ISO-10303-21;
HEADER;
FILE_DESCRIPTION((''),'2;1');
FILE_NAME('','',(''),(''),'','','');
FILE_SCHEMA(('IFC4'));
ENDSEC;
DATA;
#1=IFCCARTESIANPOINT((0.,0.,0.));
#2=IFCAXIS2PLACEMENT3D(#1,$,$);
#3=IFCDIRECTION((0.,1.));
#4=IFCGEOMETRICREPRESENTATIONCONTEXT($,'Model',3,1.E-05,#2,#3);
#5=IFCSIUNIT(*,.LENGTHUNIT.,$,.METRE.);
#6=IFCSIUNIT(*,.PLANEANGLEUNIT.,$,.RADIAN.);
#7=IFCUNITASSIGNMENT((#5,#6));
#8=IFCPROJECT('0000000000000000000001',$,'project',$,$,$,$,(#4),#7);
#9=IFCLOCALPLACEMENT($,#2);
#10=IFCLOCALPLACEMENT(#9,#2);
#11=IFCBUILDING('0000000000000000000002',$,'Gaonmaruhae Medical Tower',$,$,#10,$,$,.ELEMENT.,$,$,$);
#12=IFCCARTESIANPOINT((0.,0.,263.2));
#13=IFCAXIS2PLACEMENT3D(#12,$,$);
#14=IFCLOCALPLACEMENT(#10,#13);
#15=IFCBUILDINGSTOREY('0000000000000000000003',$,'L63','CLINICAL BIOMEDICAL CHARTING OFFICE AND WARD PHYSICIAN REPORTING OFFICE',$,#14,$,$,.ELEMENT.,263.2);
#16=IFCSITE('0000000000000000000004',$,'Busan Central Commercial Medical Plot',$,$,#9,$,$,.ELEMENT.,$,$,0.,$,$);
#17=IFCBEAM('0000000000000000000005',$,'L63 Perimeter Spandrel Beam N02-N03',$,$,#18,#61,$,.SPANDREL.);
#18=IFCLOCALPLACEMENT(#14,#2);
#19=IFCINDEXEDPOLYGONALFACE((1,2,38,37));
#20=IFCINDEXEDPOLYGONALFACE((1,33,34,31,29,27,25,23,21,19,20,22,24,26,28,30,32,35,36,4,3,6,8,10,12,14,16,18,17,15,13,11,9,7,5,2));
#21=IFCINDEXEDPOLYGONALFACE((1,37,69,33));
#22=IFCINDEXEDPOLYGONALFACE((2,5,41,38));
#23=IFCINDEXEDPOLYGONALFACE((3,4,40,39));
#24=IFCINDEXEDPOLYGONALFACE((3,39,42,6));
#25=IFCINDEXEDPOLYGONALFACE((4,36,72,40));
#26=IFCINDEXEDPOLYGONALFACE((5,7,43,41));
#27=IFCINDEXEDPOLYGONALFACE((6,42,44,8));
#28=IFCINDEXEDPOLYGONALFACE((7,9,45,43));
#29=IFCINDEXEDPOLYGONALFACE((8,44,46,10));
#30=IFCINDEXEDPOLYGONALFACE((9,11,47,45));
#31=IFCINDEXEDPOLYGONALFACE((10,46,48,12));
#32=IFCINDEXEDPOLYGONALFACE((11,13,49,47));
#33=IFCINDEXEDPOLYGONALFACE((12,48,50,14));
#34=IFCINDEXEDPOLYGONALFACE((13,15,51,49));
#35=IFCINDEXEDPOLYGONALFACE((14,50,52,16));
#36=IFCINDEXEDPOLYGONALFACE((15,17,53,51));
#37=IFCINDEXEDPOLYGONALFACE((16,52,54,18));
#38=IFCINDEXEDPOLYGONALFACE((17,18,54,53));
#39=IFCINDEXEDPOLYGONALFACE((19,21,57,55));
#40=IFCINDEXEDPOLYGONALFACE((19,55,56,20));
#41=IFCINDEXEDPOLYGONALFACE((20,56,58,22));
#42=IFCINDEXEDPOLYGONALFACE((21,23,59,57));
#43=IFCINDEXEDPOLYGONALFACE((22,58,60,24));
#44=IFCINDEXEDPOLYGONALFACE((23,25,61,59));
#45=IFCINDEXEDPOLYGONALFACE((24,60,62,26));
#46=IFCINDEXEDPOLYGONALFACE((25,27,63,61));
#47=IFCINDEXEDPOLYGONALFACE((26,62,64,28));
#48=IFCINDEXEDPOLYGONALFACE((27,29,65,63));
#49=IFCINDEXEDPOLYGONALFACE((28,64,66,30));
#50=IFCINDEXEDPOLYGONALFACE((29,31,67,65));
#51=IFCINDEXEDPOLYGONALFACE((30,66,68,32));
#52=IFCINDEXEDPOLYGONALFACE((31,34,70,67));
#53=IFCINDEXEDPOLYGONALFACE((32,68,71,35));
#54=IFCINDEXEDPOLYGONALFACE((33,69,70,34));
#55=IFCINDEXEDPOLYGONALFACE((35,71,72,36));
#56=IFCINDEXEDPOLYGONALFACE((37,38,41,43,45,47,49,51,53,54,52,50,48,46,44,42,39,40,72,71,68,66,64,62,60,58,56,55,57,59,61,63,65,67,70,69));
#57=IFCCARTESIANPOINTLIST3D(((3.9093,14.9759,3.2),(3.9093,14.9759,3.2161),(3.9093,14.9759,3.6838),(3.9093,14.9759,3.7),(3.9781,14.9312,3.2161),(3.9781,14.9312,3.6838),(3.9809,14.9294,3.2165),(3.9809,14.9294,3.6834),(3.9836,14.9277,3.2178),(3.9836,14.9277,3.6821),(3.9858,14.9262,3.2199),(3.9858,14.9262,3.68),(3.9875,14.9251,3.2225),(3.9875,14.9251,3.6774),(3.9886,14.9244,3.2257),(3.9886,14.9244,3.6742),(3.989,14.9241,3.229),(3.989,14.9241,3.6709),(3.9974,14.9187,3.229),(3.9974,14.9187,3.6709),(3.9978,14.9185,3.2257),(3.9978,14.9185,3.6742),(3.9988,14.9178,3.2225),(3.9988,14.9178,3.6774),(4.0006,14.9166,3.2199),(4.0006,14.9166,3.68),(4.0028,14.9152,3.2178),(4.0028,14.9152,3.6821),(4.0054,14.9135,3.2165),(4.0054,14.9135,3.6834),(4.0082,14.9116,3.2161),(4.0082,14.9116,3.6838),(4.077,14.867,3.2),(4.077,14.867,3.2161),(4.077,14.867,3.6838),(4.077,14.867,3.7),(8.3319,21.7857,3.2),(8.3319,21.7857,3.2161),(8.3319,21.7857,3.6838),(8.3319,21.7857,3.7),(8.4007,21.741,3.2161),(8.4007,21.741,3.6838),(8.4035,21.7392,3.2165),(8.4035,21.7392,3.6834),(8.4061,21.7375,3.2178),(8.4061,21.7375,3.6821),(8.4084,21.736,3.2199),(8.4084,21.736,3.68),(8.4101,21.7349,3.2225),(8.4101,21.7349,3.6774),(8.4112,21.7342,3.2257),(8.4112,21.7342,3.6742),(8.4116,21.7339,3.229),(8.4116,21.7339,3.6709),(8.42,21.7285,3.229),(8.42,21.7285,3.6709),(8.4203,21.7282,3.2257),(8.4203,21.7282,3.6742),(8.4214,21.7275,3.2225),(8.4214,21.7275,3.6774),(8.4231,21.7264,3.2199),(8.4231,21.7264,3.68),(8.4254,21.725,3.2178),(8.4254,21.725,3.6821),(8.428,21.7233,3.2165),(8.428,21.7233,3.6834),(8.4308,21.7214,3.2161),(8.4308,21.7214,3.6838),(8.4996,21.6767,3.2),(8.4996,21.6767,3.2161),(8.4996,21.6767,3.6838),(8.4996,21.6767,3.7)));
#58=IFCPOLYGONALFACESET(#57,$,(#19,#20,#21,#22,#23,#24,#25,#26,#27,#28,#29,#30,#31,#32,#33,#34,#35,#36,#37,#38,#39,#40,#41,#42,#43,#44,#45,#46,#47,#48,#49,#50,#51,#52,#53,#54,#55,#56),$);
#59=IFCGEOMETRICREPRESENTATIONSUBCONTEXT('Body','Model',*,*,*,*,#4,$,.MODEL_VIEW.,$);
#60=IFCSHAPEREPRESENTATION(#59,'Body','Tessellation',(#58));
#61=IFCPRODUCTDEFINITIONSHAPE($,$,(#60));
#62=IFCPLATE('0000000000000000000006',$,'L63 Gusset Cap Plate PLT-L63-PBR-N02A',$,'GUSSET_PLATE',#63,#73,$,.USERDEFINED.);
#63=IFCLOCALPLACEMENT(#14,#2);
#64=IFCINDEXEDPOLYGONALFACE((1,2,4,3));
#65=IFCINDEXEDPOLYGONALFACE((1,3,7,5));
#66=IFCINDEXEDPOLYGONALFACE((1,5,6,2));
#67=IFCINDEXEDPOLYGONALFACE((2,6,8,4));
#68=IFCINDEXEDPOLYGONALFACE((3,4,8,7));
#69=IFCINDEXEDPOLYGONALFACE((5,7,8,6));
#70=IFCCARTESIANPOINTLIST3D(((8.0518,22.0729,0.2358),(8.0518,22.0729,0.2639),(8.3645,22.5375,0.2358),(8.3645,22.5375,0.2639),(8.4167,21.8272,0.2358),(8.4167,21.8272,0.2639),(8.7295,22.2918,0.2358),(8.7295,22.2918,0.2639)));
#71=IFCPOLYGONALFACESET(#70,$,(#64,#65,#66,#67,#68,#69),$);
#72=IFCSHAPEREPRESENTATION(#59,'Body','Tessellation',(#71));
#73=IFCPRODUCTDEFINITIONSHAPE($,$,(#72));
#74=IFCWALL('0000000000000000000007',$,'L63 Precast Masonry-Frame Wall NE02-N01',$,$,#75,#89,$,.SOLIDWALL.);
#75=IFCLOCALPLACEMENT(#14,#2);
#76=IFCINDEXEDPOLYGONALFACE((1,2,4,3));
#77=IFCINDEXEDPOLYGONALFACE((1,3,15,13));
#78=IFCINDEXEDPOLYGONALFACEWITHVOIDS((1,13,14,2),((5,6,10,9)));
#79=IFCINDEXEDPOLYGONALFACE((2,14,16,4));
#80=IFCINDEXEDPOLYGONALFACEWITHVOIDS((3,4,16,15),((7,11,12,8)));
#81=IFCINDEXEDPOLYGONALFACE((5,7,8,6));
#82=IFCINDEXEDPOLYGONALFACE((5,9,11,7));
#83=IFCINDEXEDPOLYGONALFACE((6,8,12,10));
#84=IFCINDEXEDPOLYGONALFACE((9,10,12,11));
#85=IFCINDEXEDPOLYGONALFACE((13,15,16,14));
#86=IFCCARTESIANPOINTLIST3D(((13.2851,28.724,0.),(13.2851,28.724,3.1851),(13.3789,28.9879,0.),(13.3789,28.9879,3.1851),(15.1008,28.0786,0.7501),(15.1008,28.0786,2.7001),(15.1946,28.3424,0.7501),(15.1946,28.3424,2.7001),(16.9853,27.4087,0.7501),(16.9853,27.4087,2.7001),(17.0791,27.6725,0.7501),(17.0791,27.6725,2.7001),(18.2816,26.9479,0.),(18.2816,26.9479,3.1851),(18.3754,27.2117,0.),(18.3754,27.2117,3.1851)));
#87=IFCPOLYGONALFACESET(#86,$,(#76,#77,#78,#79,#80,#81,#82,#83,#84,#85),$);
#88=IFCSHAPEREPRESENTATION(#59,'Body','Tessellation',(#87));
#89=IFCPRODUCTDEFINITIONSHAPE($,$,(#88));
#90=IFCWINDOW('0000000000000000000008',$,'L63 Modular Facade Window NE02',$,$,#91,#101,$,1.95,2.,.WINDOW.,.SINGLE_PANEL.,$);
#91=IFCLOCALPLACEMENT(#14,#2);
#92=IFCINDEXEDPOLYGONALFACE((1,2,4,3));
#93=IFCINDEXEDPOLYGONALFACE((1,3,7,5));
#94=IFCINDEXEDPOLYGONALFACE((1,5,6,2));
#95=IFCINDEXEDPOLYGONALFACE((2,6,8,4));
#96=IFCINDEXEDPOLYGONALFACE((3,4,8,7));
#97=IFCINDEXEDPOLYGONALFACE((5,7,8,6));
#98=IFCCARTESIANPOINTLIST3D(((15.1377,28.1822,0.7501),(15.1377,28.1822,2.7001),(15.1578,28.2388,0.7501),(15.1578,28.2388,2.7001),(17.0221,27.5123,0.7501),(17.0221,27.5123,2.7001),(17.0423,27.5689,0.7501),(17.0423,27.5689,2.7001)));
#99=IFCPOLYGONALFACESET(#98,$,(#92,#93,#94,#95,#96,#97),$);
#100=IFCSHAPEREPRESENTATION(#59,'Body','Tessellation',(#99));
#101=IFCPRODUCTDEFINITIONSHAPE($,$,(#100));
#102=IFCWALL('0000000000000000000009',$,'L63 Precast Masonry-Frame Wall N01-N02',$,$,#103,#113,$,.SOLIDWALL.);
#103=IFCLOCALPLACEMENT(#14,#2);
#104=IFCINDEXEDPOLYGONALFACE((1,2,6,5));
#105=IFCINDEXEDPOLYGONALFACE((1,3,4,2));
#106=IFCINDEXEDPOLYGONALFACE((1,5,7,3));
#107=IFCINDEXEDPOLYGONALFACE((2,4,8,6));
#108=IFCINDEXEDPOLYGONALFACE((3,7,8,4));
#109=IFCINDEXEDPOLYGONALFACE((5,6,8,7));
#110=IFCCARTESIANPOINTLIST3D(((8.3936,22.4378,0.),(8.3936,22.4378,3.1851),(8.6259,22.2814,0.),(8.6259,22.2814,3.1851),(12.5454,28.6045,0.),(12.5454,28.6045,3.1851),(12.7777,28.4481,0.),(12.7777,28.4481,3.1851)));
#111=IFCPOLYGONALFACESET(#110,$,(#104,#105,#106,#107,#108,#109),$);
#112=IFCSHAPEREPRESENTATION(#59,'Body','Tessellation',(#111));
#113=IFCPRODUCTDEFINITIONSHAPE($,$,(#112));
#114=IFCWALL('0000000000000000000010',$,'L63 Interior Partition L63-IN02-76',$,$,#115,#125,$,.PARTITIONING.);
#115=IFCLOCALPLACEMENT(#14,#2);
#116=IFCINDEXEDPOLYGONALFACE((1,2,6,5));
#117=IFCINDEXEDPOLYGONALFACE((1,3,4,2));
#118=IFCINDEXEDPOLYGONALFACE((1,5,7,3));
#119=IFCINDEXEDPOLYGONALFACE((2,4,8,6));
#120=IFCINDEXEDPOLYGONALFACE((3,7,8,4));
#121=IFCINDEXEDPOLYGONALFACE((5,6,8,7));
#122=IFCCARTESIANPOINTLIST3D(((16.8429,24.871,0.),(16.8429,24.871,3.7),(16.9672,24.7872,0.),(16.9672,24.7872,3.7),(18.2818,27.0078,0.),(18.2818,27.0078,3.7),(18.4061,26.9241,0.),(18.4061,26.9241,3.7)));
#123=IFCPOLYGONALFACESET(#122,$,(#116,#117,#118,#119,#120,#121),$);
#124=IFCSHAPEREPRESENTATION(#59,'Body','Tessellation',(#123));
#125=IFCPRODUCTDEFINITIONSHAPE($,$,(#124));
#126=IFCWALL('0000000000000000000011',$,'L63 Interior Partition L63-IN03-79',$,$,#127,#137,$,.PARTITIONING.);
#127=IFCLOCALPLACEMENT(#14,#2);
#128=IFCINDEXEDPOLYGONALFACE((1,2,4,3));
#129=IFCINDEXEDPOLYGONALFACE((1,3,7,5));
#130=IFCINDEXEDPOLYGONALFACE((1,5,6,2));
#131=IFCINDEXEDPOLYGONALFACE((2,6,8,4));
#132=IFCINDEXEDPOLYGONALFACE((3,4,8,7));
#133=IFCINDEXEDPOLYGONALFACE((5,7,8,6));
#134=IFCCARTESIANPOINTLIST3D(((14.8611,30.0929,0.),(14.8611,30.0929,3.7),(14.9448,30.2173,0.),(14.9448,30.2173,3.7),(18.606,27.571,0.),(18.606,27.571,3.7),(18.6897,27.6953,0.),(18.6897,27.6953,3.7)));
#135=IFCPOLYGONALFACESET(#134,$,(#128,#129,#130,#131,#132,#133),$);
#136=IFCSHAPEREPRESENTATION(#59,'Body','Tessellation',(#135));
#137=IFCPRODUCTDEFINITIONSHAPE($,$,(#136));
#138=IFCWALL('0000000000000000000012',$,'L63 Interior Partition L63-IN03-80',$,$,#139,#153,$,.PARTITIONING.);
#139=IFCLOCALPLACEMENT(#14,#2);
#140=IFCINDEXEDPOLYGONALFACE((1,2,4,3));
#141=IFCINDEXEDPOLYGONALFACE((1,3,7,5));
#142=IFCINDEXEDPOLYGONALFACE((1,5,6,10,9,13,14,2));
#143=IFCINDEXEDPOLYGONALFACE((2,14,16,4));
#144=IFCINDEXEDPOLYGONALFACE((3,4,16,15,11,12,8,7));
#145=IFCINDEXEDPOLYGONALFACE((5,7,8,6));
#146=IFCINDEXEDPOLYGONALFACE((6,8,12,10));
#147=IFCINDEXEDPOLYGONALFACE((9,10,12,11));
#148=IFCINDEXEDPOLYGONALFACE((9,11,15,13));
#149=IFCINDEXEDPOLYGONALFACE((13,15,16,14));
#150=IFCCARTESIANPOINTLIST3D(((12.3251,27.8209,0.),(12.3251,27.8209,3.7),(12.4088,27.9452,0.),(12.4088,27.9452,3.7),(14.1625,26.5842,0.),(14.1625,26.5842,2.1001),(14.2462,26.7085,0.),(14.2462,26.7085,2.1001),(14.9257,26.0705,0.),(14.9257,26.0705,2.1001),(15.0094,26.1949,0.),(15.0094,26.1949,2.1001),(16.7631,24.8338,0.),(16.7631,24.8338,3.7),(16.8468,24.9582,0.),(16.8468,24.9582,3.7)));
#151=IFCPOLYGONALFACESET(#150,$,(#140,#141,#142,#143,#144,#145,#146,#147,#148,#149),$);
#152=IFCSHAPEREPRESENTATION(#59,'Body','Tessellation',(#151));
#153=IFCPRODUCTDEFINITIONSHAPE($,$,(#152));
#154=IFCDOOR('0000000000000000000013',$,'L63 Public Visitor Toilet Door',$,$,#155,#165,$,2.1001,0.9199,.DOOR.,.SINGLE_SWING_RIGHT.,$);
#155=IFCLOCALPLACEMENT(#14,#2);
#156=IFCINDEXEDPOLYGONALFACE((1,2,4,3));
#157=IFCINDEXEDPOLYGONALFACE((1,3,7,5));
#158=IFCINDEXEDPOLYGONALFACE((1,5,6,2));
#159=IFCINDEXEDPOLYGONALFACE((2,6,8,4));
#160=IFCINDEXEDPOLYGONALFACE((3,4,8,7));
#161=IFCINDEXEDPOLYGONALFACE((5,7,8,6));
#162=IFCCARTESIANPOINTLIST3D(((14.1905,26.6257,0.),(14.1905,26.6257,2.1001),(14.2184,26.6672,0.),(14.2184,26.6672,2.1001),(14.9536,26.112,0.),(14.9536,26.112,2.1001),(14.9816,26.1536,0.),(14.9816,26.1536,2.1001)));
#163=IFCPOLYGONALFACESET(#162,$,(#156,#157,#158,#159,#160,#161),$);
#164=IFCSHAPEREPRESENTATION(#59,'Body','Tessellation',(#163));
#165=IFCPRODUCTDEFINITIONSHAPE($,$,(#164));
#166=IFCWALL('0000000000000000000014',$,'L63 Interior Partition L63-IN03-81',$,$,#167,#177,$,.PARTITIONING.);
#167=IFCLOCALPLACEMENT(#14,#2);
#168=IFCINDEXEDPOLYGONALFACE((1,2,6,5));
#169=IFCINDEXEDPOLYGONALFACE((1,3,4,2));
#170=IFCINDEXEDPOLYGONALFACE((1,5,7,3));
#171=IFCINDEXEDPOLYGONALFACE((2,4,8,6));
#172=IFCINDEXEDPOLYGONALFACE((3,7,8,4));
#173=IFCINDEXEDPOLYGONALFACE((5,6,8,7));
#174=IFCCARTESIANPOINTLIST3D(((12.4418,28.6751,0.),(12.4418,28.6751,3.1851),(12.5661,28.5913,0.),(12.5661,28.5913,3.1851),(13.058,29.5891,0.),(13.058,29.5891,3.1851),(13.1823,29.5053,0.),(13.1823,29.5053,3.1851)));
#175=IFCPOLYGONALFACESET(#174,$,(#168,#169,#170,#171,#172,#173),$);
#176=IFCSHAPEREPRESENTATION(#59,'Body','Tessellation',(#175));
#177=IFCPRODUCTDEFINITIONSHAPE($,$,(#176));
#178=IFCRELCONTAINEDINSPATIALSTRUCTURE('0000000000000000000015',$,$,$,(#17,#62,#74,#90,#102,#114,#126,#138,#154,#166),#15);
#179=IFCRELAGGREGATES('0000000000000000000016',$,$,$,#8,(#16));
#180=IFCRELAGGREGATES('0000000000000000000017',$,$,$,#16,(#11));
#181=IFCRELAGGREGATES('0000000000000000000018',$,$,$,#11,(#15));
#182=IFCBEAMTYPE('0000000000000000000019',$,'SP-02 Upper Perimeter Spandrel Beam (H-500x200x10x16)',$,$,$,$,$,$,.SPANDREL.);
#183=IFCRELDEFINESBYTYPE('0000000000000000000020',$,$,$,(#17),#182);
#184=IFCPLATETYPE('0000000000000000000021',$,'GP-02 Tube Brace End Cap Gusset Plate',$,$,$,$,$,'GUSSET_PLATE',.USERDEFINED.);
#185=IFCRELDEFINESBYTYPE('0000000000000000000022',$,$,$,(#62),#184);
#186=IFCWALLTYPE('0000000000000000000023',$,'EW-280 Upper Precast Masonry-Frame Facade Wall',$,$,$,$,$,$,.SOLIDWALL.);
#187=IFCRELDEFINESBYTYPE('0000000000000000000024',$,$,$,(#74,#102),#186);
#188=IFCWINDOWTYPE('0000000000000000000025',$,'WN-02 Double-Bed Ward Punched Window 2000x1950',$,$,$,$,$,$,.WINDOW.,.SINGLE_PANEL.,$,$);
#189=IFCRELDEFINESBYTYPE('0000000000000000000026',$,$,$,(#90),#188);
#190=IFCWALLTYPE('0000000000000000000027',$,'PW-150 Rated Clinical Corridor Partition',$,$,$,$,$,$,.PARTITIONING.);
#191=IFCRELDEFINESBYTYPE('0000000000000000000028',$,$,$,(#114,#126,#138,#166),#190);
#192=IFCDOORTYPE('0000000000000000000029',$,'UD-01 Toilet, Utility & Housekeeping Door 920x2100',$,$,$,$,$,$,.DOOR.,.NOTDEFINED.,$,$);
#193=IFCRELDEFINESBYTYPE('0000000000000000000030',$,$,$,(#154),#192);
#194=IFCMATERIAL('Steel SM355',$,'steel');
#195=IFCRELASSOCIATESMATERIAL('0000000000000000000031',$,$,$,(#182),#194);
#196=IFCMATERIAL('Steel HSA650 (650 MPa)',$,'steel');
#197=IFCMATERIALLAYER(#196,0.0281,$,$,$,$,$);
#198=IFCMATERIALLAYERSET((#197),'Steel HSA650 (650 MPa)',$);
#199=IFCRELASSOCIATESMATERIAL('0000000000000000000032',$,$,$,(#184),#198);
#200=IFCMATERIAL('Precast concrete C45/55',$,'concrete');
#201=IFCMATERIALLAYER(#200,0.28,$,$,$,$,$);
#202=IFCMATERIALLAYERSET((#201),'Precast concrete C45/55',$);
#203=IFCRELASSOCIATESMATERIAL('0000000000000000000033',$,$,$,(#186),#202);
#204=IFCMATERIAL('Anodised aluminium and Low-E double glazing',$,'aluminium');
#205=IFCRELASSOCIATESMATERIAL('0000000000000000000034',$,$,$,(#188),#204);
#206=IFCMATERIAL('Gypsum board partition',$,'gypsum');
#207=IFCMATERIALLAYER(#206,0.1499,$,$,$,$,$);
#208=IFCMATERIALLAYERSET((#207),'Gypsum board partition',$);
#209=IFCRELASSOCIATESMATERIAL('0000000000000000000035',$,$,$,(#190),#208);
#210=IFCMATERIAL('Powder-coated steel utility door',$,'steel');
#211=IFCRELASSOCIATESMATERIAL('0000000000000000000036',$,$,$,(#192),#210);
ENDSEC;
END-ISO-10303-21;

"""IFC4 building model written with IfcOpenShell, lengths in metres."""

from ifc_helpers import new_model, si_unit, direction, frame, frame_2d, origin, origin_2d, place, context, subcontext, project, spatial, rectangle, i_section, extrude, material, layer, layer_set, material_profile, profile_set, type_object, element, fill, save


model = new_model("IFC4")

# Units and contexts
model_context = context("Model", 3, precision=1e-05, world=origin(), true_north=direction((0.0, 1.0)))
body_context = subcontext(model_context, "Body", "Model", "MODEL_VIEW")
ifc_project = project(units=[si_unit("LENGTHUNIT", "METRE"), si_unit("PLANEANGLEUNIT", "RADIAN")], contexts=[model_context])

# Site, building, storey
site_placement = place(None, origin())
site = spatial("IfcSite", under=ifc_project, at=site_placement, Name="Busan Central Commercial Medical Plot", CompositionType="ELEMENT", RefElevation=0.0)
building_placement = place(site_placement, origin())
building = spatial("IfcBuilding", under=site, at=building_placement, Name="Gaonmaruhae Medical Tower", CompositionType="ELEMENT")
storey_placement = place(building_placement, frame((0.0, 0.0, 263.2)))
storey = spatial("IfcBuildingStorey", under=building, at=storey_placement, Name="L63", Description="CLINICAL BIOMEDICAL CHARTING OFFICE AND WARD PHYSICIAN REPORTING OFFICE", CompositionType="ELEMENT", Elevation=263.2)

# Shared definitions
ifc_material_1 = material(Name="Steel SM355", Category="steel")

# Beam
ifc_material_profile_1 = material_profile(ifc_material_1, i_section(OverallWidth=0.2, OverallDepth=0.5, WebThickness=0.01, FlangeThickness=0.0161, FilletRadius=0.0129, at=origin_2d()), Name="H-500x200x10x16")
ifc_profile_set_1 = profile_set([ifc_material_profile_1], Name="Steel SM355")
beam_type_1 = type_object("IfcBeamType", Name="SP-02 Upper Perimeter Spandrel Beam (H-500x200x10x16)", PredefinedType="SPANDREL", material=ifc_profile_set_1)
beam_1_placement = place(storey_placement, frame((8.4158, 21.7312, 3.45), z_axis=(-0.544662, -0.838656, 0.0), x_axis=(0.838656, -0.544662, 0.0)))
element("IfcBeam", 1, at=beam_1_placement, inside=storey, type_object=beam_type_1, Name="L63 Perimeter Spandrel Beam N02-N03", PredefinedType="SPANDREL", context=body_context, shape_type="SweptSolid", body=[
    extrude(i_section(OverallWidth=0.2, OverallDepth=0.5, WebThickness=0.01, FlangeThickness=0.0161, FilletRadius=0.0129, at=origin_2d()), origin(), (0.0, 0.0, 1.0), 8.1199),
])

# Plate
ifc_material_2 = material(Name="Steel HSA650 (650 MPa)", Category="steel")
ifc_layer_1 = layer(ifc_material_2, 0.0281)
ifc_layer_set_1 = layer_set([ifc_layer_1], Name="Steel HSA650 (650 MPa)")
plate_type = type_object("IfcPlateType", Name="GP-02 Tube Brace End Cap Gusset Plate", ElementType="GUSSET_PLATE", PredefinedType="USERDEFINED", material=ifc_layer_set_1)
plate_placement = place(storey_placement, frame((8.3906, 22.1824, 0.2358), z_axis=(0.0, 0.0, 1.0), x_axis=(0.558469, 0.829525, 0.0)))
element("IfcPlate", 2, at=plate_placement, inside=storey, type_object=plate_type, Name="L63 Gusset Cap Plate PLT-L63-PBR-N02A", ObjectType="GUSSET_PLATE", PredefinedType="USERDEFINED", context=body_context, shape_type="SweptSolid", body=[
    extrude(rectangle(XDim=0.5601, YDim=0.4399, at=origin_2d()), origin(), (0.0, 0.0, 1.0), 0.0281),
])

# Wall, opening, window
ifc_material_3 = material(Name="Precast concrete C45/55", Category="concrete")
ifc_layer_2 = layer(ifc_material_3, 0.28)
ifc_layer_set_2 = layer_set([ifc_layer_2], Name="Precast concrete C45/55")
wall_type_1 = type_object("IfcWallType", Name="EW-280 Upper Precast Masonry-Frame Facade Wall", PredefinedType="SOLIDWALL", material=ifc_layer_set_2)
wall_1_placement = place(storey_placement, frame((13.332, 28.856, 0.0), z_axis=(0.0, 0.0, 1.0), x_axis=(0.942236, -0.334951, 0.0)))
wall_1 = element("IfcWall", 3, at=wall_1_placement, inside=storey, type_object=wall_type_1, Name="L63 Precast Masonry-Frame Wall NE02-N01", PredefinedType="SOLIDWALL", context=body_context, shape_type="SweptSolid", body=[
    extrude(rectangle(XDim=5.3027, YDim=0.28, at=frame_2d((2.6514, 0.0))), origin(), (0.0, 0.0, 1.0), 3.1851),
])
opening_1_placement = place(wall_1_placement, frame((1.927, 0.0, 0.75)))
opening_1 = element("IfcOpeningElement", 4, at=opening_1_placement, cuts=wall_1, PredefinedType="OPENING", context=body_context, shape_type="SweptSolid", body=[
    extrude(rectangle(XDim=2.0, YDim=1.95, at=frame_2d((1.0, 0.9751))), frame((0.0, 0.1499, 0.0), z_axis=(0.0, -1.0, 0.0), x_axis=(1.0, 0.0, 0.0)), (0.0, 0.0, 1.0), 0.3),
])
ifc_material_4 = material(Name="Anodised aluminium and Low-E double glazing", Category="aluminium")
window_type = type_object("IfcWindowType", Name="WN-02 Double-Bed Ward Punched Window 2000x1950", PartitioningType="SINGLE_PANEL", PredefinedType="WINDOW", material=ifc_material_4)
window_placement = place(opening_1_placement, origin())
window = element("IfcWindow", 5, at=window_placement, inside=storey, type_object=window_type, Name="L63 Modular Facade Window NE02", OverallHeight=1.95, OverallWidth=2.0, PartitioningType="SINGLE_PANEL", PredefinedType="WINDOW", context=body_context, shape_type="SweptSolid", body=[
    extrude(rectangle(XDim=2.0, YDim=1.95, at=frame_2d((1.0, 0.9751))), frame((0.0, 0.03, 0.0), z_axis=(0.0, -1.0, 0.0), x_axis=(1.0, 0.0, 0.0)), (0.0, 0.0, 1.0), 0.0601),
])
fill(opening_1, window)

# Wall
wall_2_placement = place(storey_placement, frame((8.5098, 22.3596, 0.0), z_axis=(0.0, 0.0, 1.0), x_axis=(0.558484, 0.829515, 0.0)))
element("IfcWall", 6, at=wall_2_placement, inside=storey, type_object=wall_type_1, Name="L63 Precast Masonry-Frame Wall N01-N02", PredefinedType="SOLIDWALL", context=body_context, shape_type="SweptSolid", body=[
    extrude(rectangle(XDim=7.4341, YDim=0.28, at=frame_2d((3.717, 0.0))), origin(), (0.0, 0.0, 1.0), 3.1851),
])

# Shared definitions
ifc_material_5 = material(Name="Gypsum board partition", Category="gypsum")
ifc_layer_3 = layer(ifc_material_5, 0.1499)
ifc_layer_set_3 = layer_set([ifc_layer_3], Name="Gypsum board partition")
wall_type_2 = type_object("IfcWallType", Name="PW-150 Rated Clinical Corridor Partition", PredefinedType="PARTITIONING", material=ifc_layer_set_3)

# Walls
wall_3_placement = place(storey_placement, frame((16.905, 24.8291, 0.0), z_axis=(0.0, 0.0, 1.0), x_axis=(0.558543, 0.829475, 0.0)))
element("IfcWall", 7, at=wall_3_placement, inside=storey, type_object=wall_type_2, Name="L63 Interior Partition L63-IN02-76", PredefinedType="PARTITIONING", context=body_context, shape_type="SweptSolid", body=[
    extrude(rectangle(XDim=2.5762, YDim=0.1499, at=frame_2d((1.2881, 0.0))), origin(), (0.0, 0.0, 1.0), 3.7),
])
wall_4_placement = place(storey_placement, frame((14.9031, 30.155, 0.0), z_axis=(0.0, 0.0, 1.0), x_axis=(0.829446, -0.558587, 0.0)))
element("IfcWall", 8, at=wall_4_placement, inside=storey, type_object=wall_type_2, Name="L63 Interior Partition L63-IN03-79", PredefinedType="PARTITIONING", context=body_context, shape_type="SweptSolid", body=[
    extrude(rectangle(XDim=4.5149, YDim=0.1499, at=frame_2d((2.2573, 0.0))), origin(), (0.0, 0.0, 1.0), 3.7),
])

# Wall, opening, door
wall_5_placement = place(storey_placement, frame((16.8049, 24.896, 0.0), z_axis=(0.0, 0.0, 1.0), x_axis=(-0.829592, 0.55837, 0.0)))
wall_5 = element("IfcWall", 9, at=wall_5_placement, inside=storey, type_object=wall_type_2, Name="L63 Interior Partition L63-IN03-80", PredefinedType="PARTITIONING", context=body_context, shape_type="SweptSolid", body=[
    extrude(rectangle(XDim=5.3496, YDim=0.1499, at=frame_2d((2.6748, 0.0))), origin(), (0.0, 0.0, 1.0), 3.7),
])
opening_2_placement = place(wall_5_placement, frame((2.2148, 0.0, 0.0)))
opening_2 = element("IfcOpeningElement", 10, at=opening_2_placement, cuts=wall_5, PredefinedType="OPENING", context=body_context, shape_type="SweptSolid", body=[
    extrude(rectangle(XDim=0.9199, YDim=2.1001, at=frame_2d((0.46, 1.05))), frame((0.0, 0.085, 0.0), z_axis=(0.0, -1.0, 0.0), x_axis=(1.0, 0.0, 0.0)), (0.0, 0.0, 1.0), 0.1699),
])
ifc_material_6 = material(Name="Powder-coated steel utility door", Category="steel")
door_type_1 = type_object("IfcDoorType", Name="UD-01 Toilet, Utility & Housekeeping Door 920x2100", OperationType="NOTDEFINED", PredefinedType="DOOR", material=ifc_material_6)
door_1_placement = place(opening_2_placement, origin())
door_1 = element("IfcDoor", 11, at=door_1_placement, inside=storey, type_object=door_type_1, Name="L63 Public Visitor Toilet Door", OperationType="SINGLE_SWING_RIGHT", OverallHeight=2.1001, OverallWidth=0.9199, PredefinedType="DOOR", context=body_context, shape_type="SweptSolid", body=[
    extrude(rectangle(XDim=0.9199, YDim=2.1001, at=frame_2d((0.46, 1.05))), frame((0.0, 0.0249, 0.0), z_axis=(0.0, -1.0, 0.0), x_axis=(1.0, 0.0, 0.0)), (0.0, 0.0, 1.0), 0.05),
])
fill(opening_2, door_1)

# Wall
wall_6_placement = place(storey_placement, frame((12.5039, 28.6331, 0.0), z_axis=(0.0, 0.0, 1.0), x_axis=(0.558986, 0.829177, 0.0)))
element("IfcWall", 12, at=wall_6_placement, inside=storey, type_object=wall_type_2, Name="L63 Interior Partition L63-IN03-81", PredefinedType="PARTITIONING", context=body_context, shape_type="SweptSolid", body=[
    extrude(rectangle(XDim=1.1023, YDim=0.1499, at=frame_2d((0.5513, 0.0))), origin(), (0.0, 0.0, 1.0), 3.1851),
])

save(model, "model.ifc")
